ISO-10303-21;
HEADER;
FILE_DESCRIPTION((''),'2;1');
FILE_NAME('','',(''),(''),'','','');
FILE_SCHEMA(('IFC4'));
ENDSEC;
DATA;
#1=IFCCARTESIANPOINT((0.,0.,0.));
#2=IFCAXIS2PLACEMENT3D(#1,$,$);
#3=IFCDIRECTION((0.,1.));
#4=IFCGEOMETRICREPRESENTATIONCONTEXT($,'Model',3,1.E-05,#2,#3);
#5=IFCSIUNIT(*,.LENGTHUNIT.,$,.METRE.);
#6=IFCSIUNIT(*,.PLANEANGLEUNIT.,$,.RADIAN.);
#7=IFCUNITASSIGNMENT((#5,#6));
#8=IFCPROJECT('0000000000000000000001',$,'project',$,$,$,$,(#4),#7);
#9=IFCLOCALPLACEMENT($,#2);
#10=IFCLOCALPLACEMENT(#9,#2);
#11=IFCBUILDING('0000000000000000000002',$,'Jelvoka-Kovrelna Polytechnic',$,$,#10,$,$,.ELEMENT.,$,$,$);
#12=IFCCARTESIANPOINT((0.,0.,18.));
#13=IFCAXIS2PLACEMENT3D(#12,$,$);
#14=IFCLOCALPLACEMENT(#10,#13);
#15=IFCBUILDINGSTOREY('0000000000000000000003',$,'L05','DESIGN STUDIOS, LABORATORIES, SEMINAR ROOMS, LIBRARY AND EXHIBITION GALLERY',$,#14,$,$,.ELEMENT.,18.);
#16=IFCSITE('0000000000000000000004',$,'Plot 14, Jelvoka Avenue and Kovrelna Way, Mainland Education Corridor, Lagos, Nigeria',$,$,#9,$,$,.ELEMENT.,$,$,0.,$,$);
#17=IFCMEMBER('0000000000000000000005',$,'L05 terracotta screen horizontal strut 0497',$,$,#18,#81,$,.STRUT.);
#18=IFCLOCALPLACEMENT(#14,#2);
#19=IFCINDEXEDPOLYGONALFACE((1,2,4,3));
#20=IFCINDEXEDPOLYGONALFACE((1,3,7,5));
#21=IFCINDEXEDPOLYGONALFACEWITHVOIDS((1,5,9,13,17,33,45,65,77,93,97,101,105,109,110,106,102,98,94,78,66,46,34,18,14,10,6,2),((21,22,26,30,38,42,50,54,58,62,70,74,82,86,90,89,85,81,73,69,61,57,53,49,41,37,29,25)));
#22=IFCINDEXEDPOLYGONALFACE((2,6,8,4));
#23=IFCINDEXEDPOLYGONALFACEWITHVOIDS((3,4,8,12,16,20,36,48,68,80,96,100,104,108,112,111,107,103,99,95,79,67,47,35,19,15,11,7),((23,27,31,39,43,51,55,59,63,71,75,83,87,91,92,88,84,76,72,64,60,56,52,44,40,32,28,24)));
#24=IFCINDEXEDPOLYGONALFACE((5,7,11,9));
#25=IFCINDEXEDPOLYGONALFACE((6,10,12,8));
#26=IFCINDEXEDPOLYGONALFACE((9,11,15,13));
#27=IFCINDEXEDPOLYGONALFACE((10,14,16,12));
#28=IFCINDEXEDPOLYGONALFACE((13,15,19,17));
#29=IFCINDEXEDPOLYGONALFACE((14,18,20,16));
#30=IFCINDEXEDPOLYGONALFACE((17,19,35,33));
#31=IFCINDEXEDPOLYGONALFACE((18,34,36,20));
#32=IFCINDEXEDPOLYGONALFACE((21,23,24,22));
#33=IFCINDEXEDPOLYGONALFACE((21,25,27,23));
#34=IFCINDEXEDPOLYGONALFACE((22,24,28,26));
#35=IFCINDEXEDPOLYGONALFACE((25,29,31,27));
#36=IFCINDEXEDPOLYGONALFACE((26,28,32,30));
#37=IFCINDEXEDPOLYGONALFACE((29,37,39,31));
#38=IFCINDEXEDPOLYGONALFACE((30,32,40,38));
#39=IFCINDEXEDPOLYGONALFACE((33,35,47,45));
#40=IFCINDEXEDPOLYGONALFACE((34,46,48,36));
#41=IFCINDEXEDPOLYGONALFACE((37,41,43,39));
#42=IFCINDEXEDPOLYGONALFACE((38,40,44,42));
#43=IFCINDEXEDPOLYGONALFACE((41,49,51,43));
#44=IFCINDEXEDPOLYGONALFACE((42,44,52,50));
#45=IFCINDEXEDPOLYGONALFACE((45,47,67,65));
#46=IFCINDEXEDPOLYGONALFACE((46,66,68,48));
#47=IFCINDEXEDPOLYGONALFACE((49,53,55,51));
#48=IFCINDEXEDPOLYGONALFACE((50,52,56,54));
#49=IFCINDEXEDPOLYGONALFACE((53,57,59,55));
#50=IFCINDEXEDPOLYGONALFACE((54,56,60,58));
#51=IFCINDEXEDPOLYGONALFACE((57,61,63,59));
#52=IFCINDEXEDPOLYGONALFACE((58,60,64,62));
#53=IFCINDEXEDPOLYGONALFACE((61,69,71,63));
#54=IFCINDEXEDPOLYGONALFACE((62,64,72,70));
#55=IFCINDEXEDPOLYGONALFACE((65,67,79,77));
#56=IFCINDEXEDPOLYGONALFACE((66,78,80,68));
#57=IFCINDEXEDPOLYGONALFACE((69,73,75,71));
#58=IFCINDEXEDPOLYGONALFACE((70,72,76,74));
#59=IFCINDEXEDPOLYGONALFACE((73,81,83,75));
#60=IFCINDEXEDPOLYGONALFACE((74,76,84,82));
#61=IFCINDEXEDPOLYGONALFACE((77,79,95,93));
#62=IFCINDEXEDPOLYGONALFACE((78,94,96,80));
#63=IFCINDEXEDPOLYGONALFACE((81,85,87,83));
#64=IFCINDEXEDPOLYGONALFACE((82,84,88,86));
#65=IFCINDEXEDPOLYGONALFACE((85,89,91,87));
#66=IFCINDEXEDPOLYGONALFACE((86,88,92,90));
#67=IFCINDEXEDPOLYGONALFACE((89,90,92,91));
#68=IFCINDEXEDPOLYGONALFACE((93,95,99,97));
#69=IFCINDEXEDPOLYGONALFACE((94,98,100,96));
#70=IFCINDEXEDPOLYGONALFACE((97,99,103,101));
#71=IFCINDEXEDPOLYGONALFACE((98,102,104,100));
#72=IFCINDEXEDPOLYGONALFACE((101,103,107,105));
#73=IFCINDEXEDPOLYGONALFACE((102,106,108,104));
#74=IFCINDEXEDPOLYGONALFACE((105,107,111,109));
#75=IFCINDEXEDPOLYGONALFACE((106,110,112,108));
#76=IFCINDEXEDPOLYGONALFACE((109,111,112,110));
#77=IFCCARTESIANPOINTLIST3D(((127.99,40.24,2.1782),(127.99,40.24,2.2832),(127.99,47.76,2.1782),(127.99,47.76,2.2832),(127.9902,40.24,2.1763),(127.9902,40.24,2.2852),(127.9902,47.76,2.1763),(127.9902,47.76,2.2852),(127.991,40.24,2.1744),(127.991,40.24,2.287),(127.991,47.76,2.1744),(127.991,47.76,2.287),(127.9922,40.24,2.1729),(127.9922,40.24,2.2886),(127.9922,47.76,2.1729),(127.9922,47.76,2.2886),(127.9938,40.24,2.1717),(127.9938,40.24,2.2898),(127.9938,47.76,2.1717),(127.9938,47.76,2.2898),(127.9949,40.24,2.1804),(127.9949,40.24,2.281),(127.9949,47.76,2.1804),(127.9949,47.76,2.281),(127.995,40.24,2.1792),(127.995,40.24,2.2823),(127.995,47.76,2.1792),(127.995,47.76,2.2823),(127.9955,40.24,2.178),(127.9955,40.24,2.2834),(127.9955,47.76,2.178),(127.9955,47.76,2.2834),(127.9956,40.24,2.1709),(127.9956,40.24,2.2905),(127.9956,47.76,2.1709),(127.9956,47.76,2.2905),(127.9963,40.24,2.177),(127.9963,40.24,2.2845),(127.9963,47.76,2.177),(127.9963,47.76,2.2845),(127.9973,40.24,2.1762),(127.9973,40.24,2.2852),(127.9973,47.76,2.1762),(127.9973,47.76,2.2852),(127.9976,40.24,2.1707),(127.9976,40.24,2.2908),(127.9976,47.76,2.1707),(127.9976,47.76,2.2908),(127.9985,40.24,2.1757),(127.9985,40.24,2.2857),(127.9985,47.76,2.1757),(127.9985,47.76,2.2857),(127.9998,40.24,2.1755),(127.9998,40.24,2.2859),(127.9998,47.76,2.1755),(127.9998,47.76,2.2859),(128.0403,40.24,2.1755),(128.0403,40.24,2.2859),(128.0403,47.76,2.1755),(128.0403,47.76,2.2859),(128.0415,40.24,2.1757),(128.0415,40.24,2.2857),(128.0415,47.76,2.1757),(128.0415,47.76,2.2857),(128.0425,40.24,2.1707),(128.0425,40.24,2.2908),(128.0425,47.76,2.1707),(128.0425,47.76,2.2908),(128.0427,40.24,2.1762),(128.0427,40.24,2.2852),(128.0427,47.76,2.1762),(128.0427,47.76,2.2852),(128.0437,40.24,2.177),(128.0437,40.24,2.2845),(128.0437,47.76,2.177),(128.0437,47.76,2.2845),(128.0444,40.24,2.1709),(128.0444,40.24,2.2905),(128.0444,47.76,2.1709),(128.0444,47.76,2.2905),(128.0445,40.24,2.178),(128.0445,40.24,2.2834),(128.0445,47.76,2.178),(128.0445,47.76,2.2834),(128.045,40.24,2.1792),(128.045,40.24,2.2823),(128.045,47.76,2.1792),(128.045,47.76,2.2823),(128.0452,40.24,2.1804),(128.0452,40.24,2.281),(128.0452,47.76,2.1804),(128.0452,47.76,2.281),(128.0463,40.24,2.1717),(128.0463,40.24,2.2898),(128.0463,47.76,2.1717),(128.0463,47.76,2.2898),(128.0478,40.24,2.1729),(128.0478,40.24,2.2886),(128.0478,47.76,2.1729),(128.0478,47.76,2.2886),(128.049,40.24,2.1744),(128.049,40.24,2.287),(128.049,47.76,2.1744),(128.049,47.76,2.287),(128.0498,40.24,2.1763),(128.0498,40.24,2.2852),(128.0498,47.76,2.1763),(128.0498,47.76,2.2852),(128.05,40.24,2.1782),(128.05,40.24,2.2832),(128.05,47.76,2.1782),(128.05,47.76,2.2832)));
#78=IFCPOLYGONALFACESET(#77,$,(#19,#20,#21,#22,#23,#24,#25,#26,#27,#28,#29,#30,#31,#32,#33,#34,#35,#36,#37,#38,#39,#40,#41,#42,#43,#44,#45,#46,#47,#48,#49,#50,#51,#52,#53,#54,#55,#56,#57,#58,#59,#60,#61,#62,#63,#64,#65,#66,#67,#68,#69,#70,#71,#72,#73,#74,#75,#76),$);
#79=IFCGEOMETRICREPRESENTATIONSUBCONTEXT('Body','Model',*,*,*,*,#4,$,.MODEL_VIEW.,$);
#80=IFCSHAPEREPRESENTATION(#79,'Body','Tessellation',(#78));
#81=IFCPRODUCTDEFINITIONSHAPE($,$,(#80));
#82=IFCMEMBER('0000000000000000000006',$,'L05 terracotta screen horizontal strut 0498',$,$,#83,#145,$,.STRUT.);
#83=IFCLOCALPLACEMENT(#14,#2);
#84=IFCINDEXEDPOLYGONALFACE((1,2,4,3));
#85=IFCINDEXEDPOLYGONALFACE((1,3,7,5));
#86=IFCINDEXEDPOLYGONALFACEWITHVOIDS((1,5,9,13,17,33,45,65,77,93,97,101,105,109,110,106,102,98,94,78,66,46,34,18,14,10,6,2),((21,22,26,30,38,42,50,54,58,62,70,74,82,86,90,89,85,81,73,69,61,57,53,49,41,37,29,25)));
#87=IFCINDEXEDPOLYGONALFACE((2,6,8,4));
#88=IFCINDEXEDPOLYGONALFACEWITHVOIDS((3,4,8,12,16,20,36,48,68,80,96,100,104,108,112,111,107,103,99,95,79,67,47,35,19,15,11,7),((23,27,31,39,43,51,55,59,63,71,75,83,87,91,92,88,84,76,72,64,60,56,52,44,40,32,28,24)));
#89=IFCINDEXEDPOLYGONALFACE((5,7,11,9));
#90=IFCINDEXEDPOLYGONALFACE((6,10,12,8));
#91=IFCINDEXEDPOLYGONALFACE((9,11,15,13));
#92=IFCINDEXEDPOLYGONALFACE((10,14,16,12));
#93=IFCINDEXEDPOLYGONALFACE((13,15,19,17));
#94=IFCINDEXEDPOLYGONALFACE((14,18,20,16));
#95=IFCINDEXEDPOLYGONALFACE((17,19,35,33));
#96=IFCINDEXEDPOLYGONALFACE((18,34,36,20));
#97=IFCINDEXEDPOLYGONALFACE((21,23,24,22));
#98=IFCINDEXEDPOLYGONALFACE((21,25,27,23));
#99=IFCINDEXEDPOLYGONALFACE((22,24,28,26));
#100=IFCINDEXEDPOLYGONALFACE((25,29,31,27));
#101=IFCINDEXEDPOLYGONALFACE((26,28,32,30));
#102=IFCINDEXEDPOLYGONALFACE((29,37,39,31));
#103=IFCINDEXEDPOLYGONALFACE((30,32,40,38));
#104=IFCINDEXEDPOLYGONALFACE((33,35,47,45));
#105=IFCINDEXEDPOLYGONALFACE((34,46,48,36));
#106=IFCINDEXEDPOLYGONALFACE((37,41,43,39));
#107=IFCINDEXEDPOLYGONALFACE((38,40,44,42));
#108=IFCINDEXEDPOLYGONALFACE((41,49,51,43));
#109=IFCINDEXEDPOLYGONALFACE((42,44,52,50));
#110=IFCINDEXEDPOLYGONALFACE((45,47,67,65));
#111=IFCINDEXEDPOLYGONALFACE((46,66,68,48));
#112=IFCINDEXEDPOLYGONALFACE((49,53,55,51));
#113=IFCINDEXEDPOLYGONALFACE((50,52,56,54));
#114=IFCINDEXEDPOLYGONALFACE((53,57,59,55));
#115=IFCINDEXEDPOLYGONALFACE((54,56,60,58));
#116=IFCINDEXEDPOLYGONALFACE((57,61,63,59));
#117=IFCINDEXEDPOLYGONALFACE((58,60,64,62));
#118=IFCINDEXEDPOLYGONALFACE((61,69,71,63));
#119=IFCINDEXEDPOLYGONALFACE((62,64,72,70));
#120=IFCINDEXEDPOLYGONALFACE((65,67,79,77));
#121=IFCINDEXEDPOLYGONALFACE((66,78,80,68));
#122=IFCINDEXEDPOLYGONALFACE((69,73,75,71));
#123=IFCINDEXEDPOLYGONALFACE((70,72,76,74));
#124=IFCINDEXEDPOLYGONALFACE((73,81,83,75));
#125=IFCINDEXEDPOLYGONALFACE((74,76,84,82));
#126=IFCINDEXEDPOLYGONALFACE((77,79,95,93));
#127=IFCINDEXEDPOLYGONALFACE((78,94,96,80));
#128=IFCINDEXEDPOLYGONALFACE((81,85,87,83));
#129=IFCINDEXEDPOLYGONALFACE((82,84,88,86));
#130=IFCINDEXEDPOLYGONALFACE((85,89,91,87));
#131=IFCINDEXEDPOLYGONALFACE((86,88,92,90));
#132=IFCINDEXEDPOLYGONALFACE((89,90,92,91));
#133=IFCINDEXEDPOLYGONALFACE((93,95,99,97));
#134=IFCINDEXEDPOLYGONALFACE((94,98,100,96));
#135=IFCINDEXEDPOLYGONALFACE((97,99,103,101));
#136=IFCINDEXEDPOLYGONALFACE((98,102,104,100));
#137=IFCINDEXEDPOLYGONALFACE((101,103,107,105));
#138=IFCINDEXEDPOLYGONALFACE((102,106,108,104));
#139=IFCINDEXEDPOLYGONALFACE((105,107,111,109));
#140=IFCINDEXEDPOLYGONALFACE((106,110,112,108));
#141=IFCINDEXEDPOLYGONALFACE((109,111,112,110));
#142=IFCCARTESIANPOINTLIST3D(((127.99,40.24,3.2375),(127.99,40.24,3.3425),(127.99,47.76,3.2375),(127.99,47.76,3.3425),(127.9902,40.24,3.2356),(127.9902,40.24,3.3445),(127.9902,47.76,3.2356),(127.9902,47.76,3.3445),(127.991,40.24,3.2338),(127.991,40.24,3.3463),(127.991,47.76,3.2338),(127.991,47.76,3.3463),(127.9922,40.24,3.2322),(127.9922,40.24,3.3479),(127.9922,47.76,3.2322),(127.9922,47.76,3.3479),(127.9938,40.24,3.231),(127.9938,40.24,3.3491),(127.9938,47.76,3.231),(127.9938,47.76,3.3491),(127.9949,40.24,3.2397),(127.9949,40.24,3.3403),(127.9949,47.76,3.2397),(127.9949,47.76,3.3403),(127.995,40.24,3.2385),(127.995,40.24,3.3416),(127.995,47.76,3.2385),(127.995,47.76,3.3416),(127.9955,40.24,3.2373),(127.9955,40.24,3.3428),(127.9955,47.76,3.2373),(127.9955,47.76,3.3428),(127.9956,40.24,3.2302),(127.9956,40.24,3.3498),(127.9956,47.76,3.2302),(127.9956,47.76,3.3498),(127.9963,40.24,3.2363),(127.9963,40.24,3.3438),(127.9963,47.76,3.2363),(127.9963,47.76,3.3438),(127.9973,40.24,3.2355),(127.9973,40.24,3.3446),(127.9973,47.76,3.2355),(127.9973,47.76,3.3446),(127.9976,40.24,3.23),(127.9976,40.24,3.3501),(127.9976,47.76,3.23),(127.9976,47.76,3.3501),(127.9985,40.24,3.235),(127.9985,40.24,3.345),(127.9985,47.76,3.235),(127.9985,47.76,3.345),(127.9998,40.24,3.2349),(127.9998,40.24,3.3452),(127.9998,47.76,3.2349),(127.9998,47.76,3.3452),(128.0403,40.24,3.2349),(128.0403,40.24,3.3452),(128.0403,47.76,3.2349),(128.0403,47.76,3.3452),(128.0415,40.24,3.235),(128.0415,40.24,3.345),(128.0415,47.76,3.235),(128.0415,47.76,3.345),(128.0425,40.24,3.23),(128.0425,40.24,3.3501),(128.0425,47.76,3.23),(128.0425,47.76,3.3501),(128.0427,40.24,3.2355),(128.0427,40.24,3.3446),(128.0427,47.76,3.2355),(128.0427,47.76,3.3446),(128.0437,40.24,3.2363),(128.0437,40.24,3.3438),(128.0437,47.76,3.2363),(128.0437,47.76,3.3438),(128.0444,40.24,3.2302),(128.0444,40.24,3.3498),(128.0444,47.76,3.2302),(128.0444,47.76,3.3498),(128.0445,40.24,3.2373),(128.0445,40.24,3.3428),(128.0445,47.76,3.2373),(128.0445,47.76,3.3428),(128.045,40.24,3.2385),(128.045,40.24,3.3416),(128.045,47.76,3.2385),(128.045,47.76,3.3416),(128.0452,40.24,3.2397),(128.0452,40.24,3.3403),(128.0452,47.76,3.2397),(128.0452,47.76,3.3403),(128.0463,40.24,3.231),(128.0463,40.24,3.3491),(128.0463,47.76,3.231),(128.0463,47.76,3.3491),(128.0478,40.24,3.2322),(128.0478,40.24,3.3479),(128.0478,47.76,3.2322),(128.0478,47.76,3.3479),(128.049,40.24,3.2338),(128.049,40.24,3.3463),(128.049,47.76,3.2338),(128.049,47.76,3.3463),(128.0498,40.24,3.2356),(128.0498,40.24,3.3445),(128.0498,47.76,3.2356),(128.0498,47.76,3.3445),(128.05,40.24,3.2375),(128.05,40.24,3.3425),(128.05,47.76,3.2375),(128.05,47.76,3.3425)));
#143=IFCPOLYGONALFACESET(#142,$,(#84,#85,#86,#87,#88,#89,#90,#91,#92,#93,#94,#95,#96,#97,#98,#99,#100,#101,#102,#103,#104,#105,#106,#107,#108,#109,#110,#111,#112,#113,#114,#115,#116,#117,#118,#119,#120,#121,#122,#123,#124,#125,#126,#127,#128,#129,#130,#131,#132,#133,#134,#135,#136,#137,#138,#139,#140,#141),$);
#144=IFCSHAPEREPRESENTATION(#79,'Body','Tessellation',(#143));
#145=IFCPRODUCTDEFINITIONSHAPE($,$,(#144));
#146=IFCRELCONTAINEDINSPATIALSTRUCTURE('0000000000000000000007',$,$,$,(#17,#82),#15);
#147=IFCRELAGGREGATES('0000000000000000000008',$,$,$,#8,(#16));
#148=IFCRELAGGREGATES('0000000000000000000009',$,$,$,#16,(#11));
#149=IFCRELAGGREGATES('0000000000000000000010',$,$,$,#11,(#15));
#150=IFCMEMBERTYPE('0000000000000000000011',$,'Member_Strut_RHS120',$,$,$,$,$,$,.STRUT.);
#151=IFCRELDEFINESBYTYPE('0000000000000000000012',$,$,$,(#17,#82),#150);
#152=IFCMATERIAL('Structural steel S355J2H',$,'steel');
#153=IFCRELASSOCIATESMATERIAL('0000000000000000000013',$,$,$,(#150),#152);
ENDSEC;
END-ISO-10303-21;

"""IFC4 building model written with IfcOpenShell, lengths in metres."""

from ifc_helpers import new_model, si_unit, direction, frame, origin, origin_2d, place, context, subcontext, project, spatial, hollow_rectangle, extrude, material, material_profile, profile_set, type_object, element, save


model = new_model("IFC4")

# Units and contexts
model_context = context("Model", 3, precision=1e-05, world=origin(), true_north=direction((0.0, 1.0)))
body_context = subcontext(model_context, "Body", "Model", "MODEL_VIEW")
ifc_project = project(units=[si_unit("LENGTHUNIT", "METRE"), si_unit("PLANEANGLEUNIT", "RADIAN")], contexts=[model_context])

# Site, building, storey
site_placement = place(None, origin())
site = spatial("IfcSite", under=ifc_project, at=site_placement, Name="Plot 14, Jelvoka Avenue and Kovrelna Way, Mainland Education Corridor, Lagos, Nigeria", CompositionType="ELEMENT", RefElevation=0.0)
building_placement = place(site_placement, origin())
building = spatial("IfcBuilding", under=site, at=building_placement, Name="Jelvoka-Kovrelna Polytechnic", CompositionType="ELEMENT")
storey_placement = place(building_placement, frame((0.0, 0.0, 18.0)))
storey = spatial("IfcBuildingStorey", under=building, at=storey_placement, Name="L05", Description="DESIGN STUDIOS, LABORATORIES, SEMINAR ROOMS, LIBRARY AND EXHIBITION GALLERY", CompositionType="ELEMENT", Elevation=18.0)

# Members
ifc_material_1 = material(Name="Structural steel S355J2H", Category="steel")
ifc_material_profile_1 = material_profile(ifc_material_1, hollow_rectangle(XDim=0.0601, YDim=0.1201, WallThickness=0.0049, InnerFilletRadius=0.0049, OuterFilletRadius=0.0076, at=origin_2d()), Name="120x60x5.0 RHS")
ifc_profile_set_1 = profile_set([ifc_material_profile_1], Name="Structural steel S355J2H")
member_type_1 = type_object("IfcMemberType", Name="Member_Strut_RHS120", PredefinedType="STRUT", material=ifc_profile_set_1)
for number, where, z_axis, x_axis, name in (
    (1, (128.02, 40.24, 2.2307), (0.0, 1.0, 0.0), (-1.0, 0.0, 0.0), "L05 terracotta screen horizontal strut 0497"),
    (2, (128.02, 40.24, 3.29), (0.0, 1.0, 0.0), (-1.0, 0.0, 0.0), "L05 terracotta screen horizontal strut 0498"),
):
    element("IfcMember", number, at=place(storey_placement, frame(where, z_axis=z_axis, x_axis=x_axis)), inside=storey, type_object=member_type_1, Name=name, PredefinedType="STRUT", context=body_context, shape_type="SweptSolid", body=[
        extrude(hollow_rectangle(XDim=0.0601, YDim=0.1201, WallThickness=0.0049, InnerFilletRadius=0.0049, OuterFilletRadius=0.0076, at=origin_2d()), origin(), (0.0, 0.0, 1.0), 7.52),
    ])

save(model, "model.ifc")
